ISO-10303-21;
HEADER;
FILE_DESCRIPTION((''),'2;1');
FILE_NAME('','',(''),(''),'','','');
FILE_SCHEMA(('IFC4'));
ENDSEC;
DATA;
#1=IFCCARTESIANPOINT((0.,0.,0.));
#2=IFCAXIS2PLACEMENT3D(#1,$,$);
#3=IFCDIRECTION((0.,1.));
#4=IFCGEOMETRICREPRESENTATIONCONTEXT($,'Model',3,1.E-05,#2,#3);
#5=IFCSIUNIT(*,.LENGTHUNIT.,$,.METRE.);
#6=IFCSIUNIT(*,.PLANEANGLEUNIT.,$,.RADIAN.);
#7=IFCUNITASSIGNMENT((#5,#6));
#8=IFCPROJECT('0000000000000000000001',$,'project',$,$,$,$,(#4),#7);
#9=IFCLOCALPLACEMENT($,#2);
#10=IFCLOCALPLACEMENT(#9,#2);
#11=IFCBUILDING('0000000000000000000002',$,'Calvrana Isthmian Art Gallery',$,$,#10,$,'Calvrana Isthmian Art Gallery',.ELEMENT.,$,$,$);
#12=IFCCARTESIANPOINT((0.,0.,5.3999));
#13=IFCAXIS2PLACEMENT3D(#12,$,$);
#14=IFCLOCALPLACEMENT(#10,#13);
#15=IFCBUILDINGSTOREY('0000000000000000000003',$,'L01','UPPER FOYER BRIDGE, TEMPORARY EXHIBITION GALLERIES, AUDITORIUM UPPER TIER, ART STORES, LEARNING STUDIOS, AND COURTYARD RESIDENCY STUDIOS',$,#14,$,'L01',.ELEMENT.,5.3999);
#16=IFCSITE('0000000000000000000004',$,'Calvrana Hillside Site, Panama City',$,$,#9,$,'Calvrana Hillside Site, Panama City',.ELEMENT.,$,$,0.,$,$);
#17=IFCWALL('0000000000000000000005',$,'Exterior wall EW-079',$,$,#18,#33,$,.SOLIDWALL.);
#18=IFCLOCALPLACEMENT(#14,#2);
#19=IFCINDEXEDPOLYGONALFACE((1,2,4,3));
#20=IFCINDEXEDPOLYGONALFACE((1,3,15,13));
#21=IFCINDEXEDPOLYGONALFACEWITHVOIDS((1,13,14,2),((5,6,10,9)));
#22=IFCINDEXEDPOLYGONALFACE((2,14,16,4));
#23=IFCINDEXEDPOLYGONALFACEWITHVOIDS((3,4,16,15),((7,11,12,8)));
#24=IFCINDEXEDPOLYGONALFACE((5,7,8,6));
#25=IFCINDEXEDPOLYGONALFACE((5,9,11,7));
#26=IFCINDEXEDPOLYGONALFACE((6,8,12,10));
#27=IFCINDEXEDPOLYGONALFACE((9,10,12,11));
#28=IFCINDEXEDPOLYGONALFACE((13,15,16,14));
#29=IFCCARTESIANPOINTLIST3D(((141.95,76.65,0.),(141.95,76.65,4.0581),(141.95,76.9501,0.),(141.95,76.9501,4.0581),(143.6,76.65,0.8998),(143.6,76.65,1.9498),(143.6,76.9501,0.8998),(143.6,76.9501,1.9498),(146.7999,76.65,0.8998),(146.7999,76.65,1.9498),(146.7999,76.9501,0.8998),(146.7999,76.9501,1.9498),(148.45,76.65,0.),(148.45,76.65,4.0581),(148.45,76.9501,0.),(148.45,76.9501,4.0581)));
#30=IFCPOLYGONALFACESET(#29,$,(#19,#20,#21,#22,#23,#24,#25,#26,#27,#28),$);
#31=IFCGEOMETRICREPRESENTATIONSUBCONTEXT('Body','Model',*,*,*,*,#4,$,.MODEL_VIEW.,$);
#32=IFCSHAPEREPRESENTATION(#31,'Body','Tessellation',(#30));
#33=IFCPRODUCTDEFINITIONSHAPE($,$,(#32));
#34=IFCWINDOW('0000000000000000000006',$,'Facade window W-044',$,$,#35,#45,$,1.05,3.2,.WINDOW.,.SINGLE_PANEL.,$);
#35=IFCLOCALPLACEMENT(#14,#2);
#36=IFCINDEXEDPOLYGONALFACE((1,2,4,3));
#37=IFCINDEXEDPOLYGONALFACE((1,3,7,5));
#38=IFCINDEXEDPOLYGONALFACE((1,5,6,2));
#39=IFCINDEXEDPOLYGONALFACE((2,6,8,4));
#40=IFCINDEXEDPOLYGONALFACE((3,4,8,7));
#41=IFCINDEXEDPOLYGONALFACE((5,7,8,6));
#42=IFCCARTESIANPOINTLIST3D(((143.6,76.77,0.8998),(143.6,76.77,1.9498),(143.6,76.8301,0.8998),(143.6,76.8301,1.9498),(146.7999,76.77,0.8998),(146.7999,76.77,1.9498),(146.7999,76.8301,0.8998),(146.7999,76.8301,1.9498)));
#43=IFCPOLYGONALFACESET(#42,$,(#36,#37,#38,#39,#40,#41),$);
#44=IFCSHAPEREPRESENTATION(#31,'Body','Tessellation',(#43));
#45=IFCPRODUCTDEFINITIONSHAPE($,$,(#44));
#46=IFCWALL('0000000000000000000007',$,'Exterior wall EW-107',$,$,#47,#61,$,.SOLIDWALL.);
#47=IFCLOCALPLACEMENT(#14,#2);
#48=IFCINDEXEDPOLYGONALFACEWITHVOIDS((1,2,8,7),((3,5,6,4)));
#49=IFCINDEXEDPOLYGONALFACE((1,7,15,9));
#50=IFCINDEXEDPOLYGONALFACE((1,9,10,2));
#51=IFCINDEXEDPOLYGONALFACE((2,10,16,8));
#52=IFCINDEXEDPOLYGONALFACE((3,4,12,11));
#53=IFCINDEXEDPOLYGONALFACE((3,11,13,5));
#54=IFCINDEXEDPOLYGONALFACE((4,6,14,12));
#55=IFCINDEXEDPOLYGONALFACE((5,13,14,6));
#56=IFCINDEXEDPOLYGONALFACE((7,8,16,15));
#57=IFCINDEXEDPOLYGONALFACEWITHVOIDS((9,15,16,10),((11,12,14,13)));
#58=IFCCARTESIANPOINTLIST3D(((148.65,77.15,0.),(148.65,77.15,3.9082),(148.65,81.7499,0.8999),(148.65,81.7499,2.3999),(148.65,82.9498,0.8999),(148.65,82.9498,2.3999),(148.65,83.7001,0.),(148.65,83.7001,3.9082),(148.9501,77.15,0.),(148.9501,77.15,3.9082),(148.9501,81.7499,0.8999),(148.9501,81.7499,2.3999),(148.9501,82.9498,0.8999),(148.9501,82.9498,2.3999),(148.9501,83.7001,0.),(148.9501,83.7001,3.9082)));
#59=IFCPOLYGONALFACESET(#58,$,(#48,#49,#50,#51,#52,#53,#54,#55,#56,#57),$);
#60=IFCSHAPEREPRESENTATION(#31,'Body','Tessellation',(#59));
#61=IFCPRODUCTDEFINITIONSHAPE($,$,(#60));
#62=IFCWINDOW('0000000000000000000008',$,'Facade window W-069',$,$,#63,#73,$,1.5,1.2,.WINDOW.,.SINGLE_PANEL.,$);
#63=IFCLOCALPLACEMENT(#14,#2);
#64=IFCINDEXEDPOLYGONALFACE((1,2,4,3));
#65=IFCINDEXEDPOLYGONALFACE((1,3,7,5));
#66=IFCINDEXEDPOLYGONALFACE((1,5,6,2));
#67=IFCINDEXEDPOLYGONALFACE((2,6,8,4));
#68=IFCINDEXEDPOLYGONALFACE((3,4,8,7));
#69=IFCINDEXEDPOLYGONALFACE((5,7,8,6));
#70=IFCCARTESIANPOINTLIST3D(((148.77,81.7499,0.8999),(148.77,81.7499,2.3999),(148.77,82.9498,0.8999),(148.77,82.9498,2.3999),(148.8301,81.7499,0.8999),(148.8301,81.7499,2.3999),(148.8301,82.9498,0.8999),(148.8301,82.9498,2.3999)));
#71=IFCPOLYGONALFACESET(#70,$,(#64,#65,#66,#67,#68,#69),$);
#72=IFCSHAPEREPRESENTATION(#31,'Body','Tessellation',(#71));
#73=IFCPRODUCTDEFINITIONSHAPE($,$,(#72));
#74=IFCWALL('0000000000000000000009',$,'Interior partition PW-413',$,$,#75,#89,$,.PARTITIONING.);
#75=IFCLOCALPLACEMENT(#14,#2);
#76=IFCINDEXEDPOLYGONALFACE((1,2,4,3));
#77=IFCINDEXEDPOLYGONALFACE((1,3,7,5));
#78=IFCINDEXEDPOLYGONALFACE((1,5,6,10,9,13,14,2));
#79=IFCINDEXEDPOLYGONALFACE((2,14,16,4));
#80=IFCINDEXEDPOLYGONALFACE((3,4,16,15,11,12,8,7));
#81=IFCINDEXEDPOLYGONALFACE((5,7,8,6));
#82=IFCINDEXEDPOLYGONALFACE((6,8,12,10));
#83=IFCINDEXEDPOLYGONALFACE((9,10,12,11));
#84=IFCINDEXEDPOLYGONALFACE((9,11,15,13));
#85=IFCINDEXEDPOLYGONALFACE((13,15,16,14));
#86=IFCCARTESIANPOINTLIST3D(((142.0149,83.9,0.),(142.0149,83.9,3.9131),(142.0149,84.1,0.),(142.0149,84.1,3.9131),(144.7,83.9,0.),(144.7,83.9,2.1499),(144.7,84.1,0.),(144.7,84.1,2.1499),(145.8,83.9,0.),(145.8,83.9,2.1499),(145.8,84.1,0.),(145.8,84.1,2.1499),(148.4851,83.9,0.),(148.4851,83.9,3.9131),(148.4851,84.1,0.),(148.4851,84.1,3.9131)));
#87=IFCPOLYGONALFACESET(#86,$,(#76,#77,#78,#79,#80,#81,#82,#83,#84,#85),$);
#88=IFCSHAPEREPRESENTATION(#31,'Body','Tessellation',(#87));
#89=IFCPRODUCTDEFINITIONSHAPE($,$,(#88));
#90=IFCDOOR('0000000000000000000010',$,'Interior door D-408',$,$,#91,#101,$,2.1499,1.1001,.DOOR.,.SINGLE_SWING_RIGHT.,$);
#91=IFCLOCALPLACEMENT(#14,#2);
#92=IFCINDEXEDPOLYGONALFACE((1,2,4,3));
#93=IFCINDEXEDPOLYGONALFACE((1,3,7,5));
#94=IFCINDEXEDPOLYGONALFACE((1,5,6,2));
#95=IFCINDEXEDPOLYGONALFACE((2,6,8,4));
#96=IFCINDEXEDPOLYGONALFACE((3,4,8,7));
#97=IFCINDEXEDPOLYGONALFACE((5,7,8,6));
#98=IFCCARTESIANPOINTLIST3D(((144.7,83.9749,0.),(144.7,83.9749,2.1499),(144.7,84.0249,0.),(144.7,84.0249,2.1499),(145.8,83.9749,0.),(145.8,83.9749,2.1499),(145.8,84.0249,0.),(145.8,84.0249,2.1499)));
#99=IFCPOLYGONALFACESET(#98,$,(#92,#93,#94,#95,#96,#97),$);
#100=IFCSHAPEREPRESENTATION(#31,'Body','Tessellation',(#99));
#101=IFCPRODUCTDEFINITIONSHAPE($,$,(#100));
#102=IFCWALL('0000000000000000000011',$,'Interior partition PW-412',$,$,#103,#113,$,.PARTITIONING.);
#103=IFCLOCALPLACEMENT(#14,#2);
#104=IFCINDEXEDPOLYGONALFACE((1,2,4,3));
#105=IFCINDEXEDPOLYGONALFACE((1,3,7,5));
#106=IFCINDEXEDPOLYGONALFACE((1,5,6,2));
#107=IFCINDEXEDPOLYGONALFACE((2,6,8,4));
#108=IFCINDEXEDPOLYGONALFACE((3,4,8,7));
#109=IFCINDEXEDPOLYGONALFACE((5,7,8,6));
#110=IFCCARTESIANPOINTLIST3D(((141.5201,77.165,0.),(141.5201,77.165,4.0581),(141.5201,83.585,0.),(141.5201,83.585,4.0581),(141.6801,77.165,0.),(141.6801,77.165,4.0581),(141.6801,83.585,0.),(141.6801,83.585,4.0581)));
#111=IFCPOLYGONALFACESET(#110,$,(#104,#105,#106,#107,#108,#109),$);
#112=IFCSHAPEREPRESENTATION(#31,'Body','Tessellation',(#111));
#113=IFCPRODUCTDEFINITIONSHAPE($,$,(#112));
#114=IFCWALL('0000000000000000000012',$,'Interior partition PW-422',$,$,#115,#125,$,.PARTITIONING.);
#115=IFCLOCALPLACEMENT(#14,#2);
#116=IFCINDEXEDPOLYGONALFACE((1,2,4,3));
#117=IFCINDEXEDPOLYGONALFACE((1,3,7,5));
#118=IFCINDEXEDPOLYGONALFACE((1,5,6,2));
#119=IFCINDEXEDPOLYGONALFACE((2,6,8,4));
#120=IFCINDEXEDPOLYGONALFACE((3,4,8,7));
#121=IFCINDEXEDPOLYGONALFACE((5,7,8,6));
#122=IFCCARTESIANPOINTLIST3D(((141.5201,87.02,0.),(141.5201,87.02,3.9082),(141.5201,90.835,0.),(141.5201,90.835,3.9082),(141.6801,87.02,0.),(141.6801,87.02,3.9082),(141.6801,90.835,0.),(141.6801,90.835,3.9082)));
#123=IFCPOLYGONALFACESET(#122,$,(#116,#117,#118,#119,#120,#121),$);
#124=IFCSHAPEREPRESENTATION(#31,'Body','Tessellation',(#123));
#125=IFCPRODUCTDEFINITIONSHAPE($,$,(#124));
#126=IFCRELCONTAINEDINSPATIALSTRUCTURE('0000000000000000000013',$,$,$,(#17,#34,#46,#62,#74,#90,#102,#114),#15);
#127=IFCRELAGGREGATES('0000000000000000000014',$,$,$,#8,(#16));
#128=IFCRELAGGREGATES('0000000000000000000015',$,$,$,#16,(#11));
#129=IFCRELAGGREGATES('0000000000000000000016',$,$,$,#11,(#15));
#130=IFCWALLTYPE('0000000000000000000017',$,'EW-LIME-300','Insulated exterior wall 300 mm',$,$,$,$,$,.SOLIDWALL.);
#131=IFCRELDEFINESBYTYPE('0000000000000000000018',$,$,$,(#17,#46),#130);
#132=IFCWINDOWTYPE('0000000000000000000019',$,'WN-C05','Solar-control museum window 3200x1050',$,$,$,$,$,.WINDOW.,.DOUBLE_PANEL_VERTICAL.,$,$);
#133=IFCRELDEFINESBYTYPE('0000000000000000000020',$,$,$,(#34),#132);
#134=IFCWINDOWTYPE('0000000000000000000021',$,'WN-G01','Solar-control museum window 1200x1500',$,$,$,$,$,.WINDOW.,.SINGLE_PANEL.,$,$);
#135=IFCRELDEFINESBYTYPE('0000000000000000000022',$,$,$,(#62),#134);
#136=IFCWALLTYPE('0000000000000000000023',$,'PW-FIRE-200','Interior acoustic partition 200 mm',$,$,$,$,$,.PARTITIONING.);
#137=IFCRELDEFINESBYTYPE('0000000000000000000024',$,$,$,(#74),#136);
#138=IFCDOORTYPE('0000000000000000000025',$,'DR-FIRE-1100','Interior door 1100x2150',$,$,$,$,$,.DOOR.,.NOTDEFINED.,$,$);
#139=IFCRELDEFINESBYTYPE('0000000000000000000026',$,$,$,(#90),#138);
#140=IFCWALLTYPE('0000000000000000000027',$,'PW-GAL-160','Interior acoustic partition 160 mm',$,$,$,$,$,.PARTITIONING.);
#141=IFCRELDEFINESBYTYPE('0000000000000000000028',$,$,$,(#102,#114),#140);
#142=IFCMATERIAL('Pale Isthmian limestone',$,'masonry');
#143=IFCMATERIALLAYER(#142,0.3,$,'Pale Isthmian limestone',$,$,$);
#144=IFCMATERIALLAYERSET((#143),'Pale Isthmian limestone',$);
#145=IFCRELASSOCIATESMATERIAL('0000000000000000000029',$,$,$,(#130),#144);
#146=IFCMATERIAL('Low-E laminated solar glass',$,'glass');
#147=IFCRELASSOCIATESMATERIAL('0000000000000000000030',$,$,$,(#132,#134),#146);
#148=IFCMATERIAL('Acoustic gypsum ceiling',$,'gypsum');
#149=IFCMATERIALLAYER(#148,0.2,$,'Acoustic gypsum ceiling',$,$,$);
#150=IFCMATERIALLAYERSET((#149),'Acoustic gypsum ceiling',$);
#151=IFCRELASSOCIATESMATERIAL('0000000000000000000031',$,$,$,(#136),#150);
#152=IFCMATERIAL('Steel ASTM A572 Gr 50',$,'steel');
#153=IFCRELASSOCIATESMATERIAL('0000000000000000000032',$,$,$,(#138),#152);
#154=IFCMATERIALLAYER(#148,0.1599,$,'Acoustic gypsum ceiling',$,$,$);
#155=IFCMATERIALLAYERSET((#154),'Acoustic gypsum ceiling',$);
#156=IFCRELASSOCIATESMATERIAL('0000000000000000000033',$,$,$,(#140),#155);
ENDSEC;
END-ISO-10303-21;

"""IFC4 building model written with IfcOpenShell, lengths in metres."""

from ifc_helpers import new_model, si_unit, direction, frame, frame_2d, origin, place, context, subcontext, project, spatial, rectangle, extrude, material, layer, layer_set, type_object, element, fill, save


model = new_model("IFC4")

# Units and contexts
model_context = context("Model", 3, precision=1e-05, world=origin(), true_north=direction((0.0, 1.0)))
body_context = subcontext(model_context, "Body", "Model", "MODEL_VIEW")
ifc_project = project(units=[si_unit("LENGTHUNIT", "METRE"), si_unit("PLANEANGLEUNIT", "RADIAN")], contexts=[model_context])

# Site, building, storey
site_placement = place(None, origin())
site = spatial("IfcSite", under=ifc_project, at=site_placement, Name="Calvrana Hillside Site, Panama City", LongName="Calvrana Hillside Site, Panama City", CompositionType="ELEMENT", RefElevation=0.0)
building_placement = place(site_placement, origin())
building = spatial("IfcBuilding", under=site, at=building_placement, Name="Calvrana Isthmian Art Gallery", LongName="Calvrana Isthmian Art Gallery", CompositionType="ELEMENT")
storey_placement = place(building_placement, frame((0.0, 0.0, 5.3999)))
storey = spatial("IfcBuildingStorey", under=building, at=storey_placement, Name="L01", Description="UPPER FOYER BRIDGE, TEMPORARY EXHIBITION GALLERIES, AUDITORIUM UPPER TIER, ART STORES, LEARNING STUDIOS, AND COURTYARD RESIDENCY STUDIOS", LongName="L01", CompositionType="ELEMENT", Elevation=5.3999)

# Shared definitions
ifc_material_1 = material(Name="Low-E laminated solar glass", Category="glass")

# Walls, openings, windows
ifc_material_2 = material(Name="Pale Isthmian limestone", Category="masonry")
ifc_layer_1 = layer(ifc_material_2, 0.3, Name="Pale Isthmian limestone")
ifc_layer_set_1 = layer_set([ifc_layer_1], Name="Pale Isthmian limestone")
wall_type_1 = type_object("IfcWallType", Name="EW-LIME-300", Description="Insulated exterior wall 300 mm", PredefinedType="SOLIDWALL", material=ifc_layer_set_1)
wall_1_placement = place(storey_placement, frame((148.45, 76.8, 0.0), z_axis=(0.0, 0.0, 1.0), x_axis=(-1.0, 0.0, 0.0)))
wall_1 = element("IfcWall", 1, at=wall_1_placement, inside=storey, type_object=wall_type_1, Name="Exterior wall EW-079", PredefinedType="SOLIDWALL", context=body_context, shape_type="SweptSolid", body=[
    extrude(rectangle(XDim=6.5, YDim=0.3, at=frame_2d((3.25, 0.0))), origin(), (0.0, 0.0, 1.0), 4.0581),
])
opening_1_placement = place(wall_1_placement, frame((1.6499, 0.0, 0.8999)))
opening_1 = element("IfcOpeningElement", 2, at=opening_1_placement, cuts=wall_1, PredefinedType="OPENING", context=body_context, shape_type="SweptSolid", body=[
    extrude(rectangle(XDim=3.2, YDim=1.05, at=frame_2d((1.6001, 0.5249))), frame((0.0, 0.1602, 0.0), z_axis=(0.0, -1.0, 0.0), x_axis=(1.0, 0.0, 0.0)), (0.0, 0.0, 1.0), 0.3206),
])
window_type_1 = type_object("IfcWindowType", Name="WN-C05", Description="Solar-control museum window 3200x1050", PartitioningType="DOUBLE_PANEL_VERTICAL", PredefinedType="WINDOW", material=ifc_material_1)
window_1_placement = place(opening_1_placement, origin())
window_1 = element("IfcWindow", 3, at=window_1_placement, inside=storey, type_object=window_type_1, Name="Facade window W-044", OverallHeight=1.05, OverallWidth=3.2, PartitioningType="SINGLE_PANEL", PredefinedType="WINDOW", context=body_context, shape_type="SweptSolid", body=[
    extrude(rectangle(XDim=3.2, YDim=1.05, at=frame_2d((1.6001, 0.5249))), frame((0.0, 0.03, 0.0), z_axis=(0.0, -1.0, 0.0), x_axis=(1.0, 0.0, 0.0)), (0.0, 0.0, 1.0), 0.0601),
])
fill(opening_1, window_1)
wall_2_placement = place(storey_placement, frame((148.8, 83.7, 0.0), z_axis=(0.0, 0.0, 1.0), x_axis=(0.0, -1.0, 0.0)))
wall_2 = element("IfcWall", 4, at=wall_2_placement, inside=storey, type_object=wall_type_1, Name="Exterior wall EW-107", PredefinedType="SOLIDWALL", context=body_context, shape_type="SweptSolid", body=[
    extrude(rectangle(XDim=6.55, YDim=0.3, at=frame_2d((3.2749, 0.0))), origin(), (0.0, 0.0, 1.0), 3.9082),
])
opening_2_placement = place(wall_2_placement, frame((0.75, 0.0, 0.8999)))
opening_2 = element("IfcOpeningElement", 5, at=opening_2_placement, cuts=wall_2, PredefinedType="OPENING", context=body_context, shape_type="SweptSolid", body=[
    extrude(rectangle(XDim=1.2, YDim=1.5, at=frame_2d((0.6001, 0.75))), frame((0.0, 0.1602, 0.0), z_axis=(0.0, -1.0, 0.0), x_axis=(1.0, 0.0, 0.0)), (0.0, 0.0, 1.0), 0.3206),
])
window_type_2 = type_object("IfcWindowType", Name="WN-G01", Description="Solar-control museum window 1200x1500", PartitioningType="SINGLE_PANEL", PredefinedType="WINDOW", material=ifc_material_1)
window_2_placement = place(opening_2_placement, origin())
window_2 = element("IfcWindow", 6, at=window_2_placement, inside=storey, type_object=window_type_2, Name="Facade window W-069", OverallHeight=1.5, OverallWidth=1.2, PartitioningType="SINGLE_PANEL", PredefinedType="WINDOW", context=body_context, shape_type="SweptSolid", body=[
    extrude(rectangle(XDim=1.2, YDim=1.5, at=frame_2d((0.6001, 0.75))), frame((0.0, 0.03, 0.0), z_axis=(0.0, -1.0, 0.0), x_axis=(1.0, 0.0, 0.0)), (0.0, 0.0, 1.0), 0.0601),
])
fill(opening_2, window_2)

# Wall, opening, door
ifc_material_3 = material(Name="Acoustic gypsum ceiling", Category="gypsum")
ifc_layer_2 = layer(ifc_material_3, 0.2, Name="Acoustic gypsum ceiling")
ifc_layer_set_2 = layer_set([ifc_layer_2], Name="Acoustic gypsum ceiling")
wall_type_2 = type_object("IfcWallType", Name="PW-FIRE-200", Description="Interior acoustic partition 200 mm", PredefinedType="PARTITIONING", material=ifc_layer_set_2)
wall_3_placement = place(storey_placement, frame((142.0149, 84.0, 0.0), z_axis=(0.0, 0.0, 1.0), x_axis=(1.0, 0.0, 0.0)))
wall_3 = element("IfcWall", 7, at=wall_3_placement, inside=storey, type_object=wall_type_2, Name="Interior partition PW-413", PredefinedType="PARTITIONING", context=body_context, shape_type="SweptSolid", body=[
    extrude(rectangle(XDim=6.4702, YDim=0.2, at=frame_2d((3.2351, 0.0))), origin(), (0.0, 0.0, 1.0), 3.9131),
])
opening_3_placement = place(wall_3_placement, frame((2.6851, 0.0, 0.0)))
opening_3 = element("IfcOpeningElement", 8, at=opening_3_placement, cuts=wall_3, PredefinedType="OPENING", context=body_context, shape_type="SweptSolid", body=[
    extrude(rectangle(XDim=1.1001, YDim=2.1499, at=frame_2d((0.55, 1.075))), frame((0.0, 0.1104, 0.0), z_axis=(0.0, -1.0, 0.0), x_axis=(1.0, 0.0, 0.0)), (0.0, 0.0, 1.0), 0.2205),
])
ifc_material_4 = material(Name="Steel ASTM A572 Gr 50", Category="steel")
door_type_1 = type_object("IfcDoorType", Name="DR-FIRE-1100", Description="Interior door 1100x2150", OperationType="NOTDEFINED", PredefinedType="DOOR", material=ifc_material_4)
door_1_placement = place(opening_3_placement, origin())
door_1 = element("IfcDoor", 9, at=door_1_placement, inside=storey, type_object=door_type_1, Name="Interior door D-408", OperationType="SINGLE_SWING_RIGHT", OverallHeight=2.1499, OverallWidth=1.1001, PredefinedType="DOOR", context=body_context, shape_type="SweptSolid", body=[
    extrude(rectangle(XDim=1.1001, YDim=2.1499, at=frame_2d((0.55, 1.075))), frame((0.0, 0.0249, 0.0), z_axis=(0.0, -1.0, 0.0), x_axis=(1.0, 0.0, 0.0)), (0.0, 0.0, 1.0), 0.05),
])
fill(opening_3, door_1)

# Walls
ifc_layer_3 = layer(ifc_material_3, 0.1599, Name="Acoustic gypsum ceiling")
ifc_layer_set_3 = layer_set([ifc_layer_3], Name="Acoustic gypsum ceiling")
wall_type_3 = type_object("IfcWallType", Name="PW-GAL-160", Description="Interior acoustic partition 160 mm", PredefinedType="PARTITIONING", material=ifc_layer_set_3)
wall_4_placement = place(storey_placement, frame((141.6001, 77.165, 0.0), z_axis=(0.0, 0.0, 1.0), x_axis=(0.0, 1.0, 0.0)))
element("IfcWall", 10, at=wall_4_placement, inside=storey, type_object=wall_type_3, Name="Interior partition PW-412", PredefinedType="PARTITIONING", context=body_context, shape_type="SweptSolid", body=[
    extrude(rectangle(XDim=6.4199, YDim=0.1599, at=frame_2d((3.21, 0.0))), origin(), (0.0, 0.0, 1.0), 4.0581),
])
wall_5_placement = place(storey_placement, frame((141.6001, 87.02, 0.0), z_axis=(0.0, 0.0, 1.0), x_axis=(0.0, 1.0, 0.0)))
element("IfcWall", 11, at=wall_5_placement, inside=storey, type_object=wall_type_3, Name="Interior partition PW-422", PredefinedType="PARTITIONING", context=body_context, shape_type="SweptSolid", body=[
    extrude(rectangle(XDim=3.8149, YDim=0.1599, at=frame_2d((1.9075, 0.0))), origin(), (0.0, 0.0, 1.0), 3.9082),
])

save(model, "model.ifc")
